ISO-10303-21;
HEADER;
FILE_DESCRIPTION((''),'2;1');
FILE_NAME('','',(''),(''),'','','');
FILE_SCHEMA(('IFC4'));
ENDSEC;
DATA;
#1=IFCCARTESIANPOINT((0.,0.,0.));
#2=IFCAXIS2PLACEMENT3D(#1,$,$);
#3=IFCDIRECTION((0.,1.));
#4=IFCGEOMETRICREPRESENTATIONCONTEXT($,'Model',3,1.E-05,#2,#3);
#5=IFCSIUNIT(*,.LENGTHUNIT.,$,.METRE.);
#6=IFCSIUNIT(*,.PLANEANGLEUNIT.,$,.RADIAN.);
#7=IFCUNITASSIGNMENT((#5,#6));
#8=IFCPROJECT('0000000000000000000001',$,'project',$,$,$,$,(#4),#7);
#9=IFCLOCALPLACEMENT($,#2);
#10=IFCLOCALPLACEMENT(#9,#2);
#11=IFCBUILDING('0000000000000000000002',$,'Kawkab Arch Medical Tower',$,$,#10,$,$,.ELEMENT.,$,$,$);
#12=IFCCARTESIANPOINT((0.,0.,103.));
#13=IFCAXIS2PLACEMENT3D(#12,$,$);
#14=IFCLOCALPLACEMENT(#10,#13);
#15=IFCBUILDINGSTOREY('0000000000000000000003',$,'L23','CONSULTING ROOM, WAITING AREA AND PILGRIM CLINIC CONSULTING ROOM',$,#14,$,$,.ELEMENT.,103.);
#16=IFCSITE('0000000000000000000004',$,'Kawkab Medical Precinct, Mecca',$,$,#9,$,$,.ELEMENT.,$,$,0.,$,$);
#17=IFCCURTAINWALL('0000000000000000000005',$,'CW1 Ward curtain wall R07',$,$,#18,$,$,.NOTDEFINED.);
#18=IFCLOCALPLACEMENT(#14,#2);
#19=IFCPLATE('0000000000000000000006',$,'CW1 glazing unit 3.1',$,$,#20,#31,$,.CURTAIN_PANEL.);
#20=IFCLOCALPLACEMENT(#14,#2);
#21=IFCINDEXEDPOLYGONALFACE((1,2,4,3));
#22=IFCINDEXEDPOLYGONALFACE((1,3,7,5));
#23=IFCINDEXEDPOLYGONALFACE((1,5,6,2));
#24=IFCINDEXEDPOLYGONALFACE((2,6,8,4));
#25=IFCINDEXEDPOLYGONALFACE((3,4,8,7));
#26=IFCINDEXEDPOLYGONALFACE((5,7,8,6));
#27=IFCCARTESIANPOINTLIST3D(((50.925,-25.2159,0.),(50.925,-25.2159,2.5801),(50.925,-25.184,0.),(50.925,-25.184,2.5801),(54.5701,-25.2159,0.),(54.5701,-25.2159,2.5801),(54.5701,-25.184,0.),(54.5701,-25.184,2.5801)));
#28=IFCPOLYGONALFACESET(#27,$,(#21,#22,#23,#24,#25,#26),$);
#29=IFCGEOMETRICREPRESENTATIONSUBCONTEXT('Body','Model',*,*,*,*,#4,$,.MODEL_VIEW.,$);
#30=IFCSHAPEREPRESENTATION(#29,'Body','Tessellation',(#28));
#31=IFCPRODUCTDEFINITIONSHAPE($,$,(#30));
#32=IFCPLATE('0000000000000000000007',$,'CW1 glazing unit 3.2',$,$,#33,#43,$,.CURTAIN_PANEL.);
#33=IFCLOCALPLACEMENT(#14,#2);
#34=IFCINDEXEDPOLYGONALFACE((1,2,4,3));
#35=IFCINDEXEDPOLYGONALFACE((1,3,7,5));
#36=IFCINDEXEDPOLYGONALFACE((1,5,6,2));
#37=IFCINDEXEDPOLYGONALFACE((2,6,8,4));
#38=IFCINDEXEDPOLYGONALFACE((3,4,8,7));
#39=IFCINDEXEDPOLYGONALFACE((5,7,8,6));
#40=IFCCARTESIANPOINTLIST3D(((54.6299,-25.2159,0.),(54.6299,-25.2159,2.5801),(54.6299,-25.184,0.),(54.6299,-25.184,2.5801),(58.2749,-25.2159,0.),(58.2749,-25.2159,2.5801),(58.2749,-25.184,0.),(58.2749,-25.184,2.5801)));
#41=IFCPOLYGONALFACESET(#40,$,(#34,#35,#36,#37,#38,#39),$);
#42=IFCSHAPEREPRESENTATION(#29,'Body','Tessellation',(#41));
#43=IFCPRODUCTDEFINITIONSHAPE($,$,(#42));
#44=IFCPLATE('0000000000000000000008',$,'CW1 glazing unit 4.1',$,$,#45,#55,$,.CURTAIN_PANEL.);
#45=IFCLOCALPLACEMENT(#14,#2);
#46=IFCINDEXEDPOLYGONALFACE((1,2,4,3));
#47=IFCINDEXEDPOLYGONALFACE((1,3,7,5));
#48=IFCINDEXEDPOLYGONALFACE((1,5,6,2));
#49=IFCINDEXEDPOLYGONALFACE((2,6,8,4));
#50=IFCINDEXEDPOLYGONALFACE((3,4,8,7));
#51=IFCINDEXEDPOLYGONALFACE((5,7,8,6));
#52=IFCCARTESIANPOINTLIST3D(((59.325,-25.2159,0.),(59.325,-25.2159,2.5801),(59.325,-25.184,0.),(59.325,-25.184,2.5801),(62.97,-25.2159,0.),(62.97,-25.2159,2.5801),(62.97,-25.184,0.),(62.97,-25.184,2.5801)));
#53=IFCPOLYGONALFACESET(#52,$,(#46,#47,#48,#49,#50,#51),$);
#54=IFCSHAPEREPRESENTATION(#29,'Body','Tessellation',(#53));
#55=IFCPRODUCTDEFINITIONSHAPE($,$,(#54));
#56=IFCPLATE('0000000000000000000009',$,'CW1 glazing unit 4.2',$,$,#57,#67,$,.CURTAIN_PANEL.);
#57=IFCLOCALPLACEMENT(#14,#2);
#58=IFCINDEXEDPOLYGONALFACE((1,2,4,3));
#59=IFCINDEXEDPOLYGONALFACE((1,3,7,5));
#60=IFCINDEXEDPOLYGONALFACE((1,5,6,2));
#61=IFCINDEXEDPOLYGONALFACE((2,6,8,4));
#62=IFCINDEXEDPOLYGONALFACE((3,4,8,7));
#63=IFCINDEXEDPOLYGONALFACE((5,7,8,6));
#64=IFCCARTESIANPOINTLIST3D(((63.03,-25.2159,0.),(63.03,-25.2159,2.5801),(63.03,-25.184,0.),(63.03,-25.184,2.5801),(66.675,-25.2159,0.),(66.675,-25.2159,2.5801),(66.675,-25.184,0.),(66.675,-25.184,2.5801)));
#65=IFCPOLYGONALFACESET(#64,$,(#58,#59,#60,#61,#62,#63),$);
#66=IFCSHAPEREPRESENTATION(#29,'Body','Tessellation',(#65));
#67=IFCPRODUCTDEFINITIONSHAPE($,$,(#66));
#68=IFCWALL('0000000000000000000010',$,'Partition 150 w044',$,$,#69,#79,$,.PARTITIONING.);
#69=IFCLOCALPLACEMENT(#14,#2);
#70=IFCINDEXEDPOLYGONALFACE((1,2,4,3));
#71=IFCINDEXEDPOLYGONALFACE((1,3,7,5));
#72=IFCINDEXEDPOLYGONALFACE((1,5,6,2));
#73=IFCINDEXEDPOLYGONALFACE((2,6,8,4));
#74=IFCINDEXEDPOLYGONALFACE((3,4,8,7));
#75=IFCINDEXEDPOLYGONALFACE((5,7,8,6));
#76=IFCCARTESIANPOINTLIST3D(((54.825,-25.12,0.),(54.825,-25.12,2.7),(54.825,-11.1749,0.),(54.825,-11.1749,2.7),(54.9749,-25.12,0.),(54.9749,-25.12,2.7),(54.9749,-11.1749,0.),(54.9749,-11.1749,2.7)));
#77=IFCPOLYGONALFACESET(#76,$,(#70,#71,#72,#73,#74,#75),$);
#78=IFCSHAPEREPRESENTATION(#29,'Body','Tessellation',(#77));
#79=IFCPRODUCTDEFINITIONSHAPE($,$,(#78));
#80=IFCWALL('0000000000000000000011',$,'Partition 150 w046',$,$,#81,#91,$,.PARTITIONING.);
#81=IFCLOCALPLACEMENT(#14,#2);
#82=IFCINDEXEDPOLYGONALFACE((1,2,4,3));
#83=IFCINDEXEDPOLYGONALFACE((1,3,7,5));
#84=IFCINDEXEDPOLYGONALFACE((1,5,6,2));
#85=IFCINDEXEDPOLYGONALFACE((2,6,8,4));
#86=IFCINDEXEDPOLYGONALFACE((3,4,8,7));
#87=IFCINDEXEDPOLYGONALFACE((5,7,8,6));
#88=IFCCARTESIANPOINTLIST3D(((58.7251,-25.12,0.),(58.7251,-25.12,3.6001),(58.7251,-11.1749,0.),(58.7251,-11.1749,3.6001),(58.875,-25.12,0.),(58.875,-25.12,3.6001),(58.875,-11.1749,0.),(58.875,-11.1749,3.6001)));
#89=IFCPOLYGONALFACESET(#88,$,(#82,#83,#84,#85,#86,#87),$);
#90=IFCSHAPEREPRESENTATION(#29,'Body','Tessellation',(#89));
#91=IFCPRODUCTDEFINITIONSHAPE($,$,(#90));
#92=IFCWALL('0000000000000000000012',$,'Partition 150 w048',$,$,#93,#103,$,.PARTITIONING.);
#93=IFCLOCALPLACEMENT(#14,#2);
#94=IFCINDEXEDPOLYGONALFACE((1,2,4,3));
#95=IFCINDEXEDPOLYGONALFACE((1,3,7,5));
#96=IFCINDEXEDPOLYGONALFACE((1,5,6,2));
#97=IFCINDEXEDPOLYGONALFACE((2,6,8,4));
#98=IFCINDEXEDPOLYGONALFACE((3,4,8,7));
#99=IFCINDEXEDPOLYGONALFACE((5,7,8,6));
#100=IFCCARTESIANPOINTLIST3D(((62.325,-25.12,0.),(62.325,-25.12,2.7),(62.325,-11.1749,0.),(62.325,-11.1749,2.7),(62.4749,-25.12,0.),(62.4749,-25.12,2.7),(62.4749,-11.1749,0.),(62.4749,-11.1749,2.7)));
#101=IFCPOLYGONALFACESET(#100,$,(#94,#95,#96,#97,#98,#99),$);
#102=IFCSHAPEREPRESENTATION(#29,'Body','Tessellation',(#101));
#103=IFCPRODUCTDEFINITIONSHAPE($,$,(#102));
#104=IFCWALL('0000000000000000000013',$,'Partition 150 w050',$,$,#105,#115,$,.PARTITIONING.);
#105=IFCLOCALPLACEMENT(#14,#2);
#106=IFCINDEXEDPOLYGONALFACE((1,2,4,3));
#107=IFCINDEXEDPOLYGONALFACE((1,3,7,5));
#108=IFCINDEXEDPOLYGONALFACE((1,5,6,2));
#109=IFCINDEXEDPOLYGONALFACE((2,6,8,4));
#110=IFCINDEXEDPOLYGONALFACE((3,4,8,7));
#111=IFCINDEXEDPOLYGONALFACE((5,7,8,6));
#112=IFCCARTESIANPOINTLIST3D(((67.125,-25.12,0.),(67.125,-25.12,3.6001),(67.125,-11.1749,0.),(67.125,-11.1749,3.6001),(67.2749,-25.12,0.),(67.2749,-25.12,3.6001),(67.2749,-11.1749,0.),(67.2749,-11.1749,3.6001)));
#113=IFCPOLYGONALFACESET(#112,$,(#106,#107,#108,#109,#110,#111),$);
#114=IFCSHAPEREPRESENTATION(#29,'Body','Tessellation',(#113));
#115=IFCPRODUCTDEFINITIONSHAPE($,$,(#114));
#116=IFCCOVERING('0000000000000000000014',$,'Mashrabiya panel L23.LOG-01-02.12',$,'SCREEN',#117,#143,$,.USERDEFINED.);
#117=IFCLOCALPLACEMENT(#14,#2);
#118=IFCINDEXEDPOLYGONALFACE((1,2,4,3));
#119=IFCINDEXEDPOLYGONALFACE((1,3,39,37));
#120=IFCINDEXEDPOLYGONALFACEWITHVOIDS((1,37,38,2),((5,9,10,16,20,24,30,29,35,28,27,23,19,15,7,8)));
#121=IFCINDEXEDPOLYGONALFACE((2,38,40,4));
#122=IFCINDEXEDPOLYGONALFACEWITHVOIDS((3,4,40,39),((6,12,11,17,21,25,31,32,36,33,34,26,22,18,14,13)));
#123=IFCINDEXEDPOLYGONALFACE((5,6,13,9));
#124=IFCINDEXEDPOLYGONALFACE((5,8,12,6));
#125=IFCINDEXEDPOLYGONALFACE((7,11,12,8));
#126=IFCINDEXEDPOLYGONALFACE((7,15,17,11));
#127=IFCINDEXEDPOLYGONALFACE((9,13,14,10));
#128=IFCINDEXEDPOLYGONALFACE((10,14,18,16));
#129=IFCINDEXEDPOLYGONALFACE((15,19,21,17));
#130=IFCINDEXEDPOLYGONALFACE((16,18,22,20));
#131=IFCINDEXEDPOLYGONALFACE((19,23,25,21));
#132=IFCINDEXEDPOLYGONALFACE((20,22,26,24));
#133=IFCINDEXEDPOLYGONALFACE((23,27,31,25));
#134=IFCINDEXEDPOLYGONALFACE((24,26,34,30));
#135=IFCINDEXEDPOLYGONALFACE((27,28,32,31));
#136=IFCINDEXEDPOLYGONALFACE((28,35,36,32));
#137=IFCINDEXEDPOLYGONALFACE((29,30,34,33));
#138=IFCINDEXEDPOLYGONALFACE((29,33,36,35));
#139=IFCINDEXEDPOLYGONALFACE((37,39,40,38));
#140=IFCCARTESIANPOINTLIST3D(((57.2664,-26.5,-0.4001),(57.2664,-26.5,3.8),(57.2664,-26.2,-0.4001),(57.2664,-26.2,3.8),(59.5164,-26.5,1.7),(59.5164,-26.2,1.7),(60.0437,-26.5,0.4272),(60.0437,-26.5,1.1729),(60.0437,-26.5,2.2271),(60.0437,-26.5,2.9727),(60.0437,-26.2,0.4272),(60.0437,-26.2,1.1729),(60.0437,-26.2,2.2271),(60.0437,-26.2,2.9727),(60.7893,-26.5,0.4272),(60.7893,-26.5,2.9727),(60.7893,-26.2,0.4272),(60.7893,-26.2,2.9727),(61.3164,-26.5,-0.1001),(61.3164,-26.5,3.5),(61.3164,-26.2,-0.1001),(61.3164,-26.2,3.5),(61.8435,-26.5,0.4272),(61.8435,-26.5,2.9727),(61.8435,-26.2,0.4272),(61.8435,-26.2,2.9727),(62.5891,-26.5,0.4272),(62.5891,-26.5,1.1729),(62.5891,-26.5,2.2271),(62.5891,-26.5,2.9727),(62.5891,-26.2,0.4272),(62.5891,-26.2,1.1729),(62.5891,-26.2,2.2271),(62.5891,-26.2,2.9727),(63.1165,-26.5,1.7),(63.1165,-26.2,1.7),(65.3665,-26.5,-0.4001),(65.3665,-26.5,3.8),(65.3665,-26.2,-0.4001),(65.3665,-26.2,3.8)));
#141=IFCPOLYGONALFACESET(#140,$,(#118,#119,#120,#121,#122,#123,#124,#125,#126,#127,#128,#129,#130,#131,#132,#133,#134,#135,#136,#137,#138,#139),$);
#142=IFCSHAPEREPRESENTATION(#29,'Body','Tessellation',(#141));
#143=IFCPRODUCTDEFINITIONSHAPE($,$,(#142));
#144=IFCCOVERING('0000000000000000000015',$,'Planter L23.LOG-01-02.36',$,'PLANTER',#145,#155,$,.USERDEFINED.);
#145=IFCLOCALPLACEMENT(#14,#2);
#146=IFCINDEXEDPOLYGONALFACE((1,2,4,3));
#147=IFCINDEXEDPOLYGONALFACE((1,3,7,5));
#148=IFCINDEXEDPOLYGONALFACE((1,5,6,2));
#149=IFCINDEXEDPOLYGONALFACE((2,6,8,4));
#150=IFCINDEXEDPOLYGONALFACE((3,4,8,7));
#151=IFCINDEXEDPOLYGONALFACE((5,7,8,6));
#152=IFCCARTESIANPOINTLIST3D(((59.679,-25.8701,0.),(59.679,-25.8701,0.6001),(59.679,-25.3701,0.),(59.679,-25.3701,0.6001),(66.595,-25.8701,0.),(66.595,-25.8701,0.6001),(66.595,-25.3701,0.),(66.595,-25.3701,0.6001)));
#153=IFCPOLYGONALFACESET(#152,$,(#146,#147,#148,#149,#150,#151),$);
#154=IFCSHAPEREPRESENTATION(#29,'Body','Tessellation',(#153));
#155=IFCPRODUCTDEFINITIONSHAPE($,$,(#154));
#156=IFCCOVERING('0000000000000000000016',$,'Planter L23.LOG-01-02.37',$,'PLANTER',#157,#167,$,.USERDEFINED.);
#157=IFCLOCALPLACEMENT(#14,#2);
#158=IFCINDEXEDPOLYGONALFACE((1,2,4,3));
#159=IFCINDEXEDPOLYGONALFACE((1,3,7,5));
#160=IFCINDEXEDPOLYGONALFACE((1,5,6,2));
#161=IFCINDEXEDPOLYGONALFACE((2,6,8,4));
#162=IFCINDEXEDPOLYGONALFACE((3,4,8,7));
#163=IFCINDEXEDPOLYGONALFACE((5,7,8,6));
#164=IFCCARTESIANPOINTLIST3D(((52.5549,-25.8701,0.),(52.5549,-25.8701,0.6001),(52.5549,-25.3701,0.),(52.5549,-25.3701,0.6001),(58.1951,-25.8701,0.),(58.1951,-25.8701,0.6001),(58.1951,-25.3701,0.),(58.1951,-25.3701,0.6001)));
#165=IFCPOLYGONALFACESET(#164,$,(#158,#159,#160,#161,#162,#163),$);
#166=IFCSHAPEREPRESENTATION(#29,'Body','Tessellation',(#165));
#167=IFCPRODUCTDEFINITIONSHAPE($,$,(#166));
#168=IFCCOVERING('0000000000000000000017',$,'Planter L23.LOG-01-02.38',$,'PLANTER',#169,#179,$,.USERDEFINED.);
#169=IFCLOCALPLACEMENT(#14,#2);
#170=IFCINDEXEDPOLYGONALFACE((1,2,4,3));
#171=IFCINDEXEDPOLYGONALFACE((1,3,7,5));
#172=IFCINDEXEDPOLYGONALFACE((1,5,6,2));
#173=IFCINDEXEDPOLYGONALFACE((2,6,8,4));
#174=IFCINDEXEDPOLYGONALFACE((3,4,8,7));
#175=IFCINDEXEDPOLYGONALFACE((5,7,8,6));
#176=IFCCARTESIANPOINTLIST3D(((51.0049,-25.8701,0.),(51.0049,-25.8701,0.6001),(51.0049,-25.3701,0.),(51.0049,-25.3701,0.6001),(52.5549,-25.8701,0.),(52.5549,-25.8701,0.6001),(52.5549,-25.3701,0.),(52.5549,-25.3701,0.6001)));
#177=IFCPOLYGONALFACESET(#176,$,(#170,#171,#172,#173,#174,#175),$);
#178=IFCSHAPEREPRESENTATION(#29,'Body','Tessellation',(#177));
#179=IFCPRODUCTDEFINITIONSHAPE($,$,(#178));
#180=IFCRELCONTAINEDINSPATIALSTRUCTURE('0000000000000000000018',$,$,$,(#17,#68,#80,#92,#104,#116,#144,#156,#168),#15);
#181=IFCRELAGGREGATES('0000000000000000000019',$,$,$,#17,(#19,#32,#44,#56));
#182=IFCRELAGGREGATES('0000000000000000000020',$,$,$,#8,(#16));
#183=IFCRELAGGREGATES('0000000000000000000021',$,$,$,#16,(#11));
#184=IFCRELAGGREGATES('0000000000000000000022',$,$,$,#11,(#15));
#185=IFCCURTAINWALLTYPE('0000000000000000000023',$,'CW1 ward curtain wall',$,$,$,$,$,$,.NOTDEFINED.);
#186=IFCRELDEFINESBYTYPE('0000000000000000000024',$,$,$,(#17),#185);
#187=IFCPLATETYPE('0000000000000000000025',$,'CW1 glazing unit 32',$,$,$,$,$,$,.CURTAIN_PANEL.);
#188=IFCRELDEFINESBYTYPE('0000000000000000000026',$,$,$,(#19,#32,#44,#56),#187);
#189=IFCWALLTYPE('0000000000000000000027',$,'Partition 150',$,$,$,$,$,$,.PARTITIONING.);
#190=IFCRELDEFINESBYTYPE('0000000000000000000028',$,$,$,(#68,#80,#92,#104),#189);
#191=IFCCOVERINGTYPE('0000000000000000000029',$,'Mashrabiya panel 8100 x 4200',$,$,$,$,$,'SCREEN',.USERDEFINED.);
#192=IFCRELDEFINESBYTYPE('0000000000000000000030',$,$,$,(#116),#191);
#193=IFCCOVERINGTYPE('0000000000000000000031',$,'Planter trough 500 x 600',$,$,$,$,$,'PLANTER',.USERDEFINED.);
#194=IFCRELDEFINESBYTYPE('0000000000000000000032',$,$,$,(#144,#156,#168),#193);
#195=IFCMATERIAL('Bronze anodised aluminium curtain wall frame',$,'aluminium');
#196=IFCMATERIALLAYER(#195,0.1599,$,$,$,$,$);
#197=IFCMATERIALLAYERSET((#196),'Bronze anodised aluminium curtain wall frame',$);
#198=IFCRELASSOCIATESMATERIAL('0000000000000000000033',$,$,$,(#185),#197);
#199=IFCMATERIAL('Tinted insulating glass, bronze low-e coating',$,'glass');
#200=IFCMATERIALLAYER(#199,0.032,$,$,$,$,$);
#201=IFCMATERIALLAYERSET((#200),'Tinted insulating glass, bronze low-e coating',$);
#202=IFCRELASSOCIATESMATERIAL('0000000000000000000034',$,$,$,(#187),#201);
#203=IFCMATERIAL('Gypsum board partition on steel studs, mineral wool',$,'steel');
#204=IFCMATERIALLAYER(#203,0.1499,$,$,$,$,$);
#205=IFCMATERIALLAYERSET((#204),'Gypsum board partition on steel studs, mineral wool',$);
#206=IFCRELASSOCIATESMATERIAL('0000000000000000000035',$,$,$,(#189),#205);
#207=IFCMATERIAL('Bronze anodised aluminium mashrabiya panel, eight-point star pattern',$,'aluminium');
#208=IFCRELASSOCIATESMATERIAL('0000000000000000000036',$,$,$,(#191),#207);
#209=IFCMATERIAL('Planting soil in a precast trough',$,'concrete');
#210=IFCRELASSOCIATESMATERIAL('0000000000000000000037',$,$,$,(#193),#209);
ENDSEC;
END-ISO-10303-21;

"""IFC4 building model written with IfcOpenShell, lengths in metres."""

from ifc_helpers import new_model, si_unit, direction, frame, frame_2d, origin, origin_2d, place, context, subcontext, project, spatial, polyline, rectangle, outline, extrude, material, layer, layer_set, material_profile, profile_set, type_object, element, aggregate, save


model = new_model("IFC4")

# Units and contexts
model_context = context("Model", 3, precision=1e-05, world=origin(), true_north=direction((0.0, 1.0)))
body_context = subcontext(model_context, "Body", "Model", "MODEL_VIEW")
ifc_project = project(units=[si_unit("LENGTHUNIT", "METRE"), si_unit("PLANEANGLEUNIT", "RADIAN")], contexts=[model_context])

# Site, building, storey
site_placement = place(None, origin())
site = spatial("IfcSite", under=ifc_project, at=site_placement, Name="Kawkab Medical Precinct, Mecca", CompositionType="ELEMENT", RefElevation=0.0)
building_placement = place(site_placement, origin())
building = spatial("IfcBuilding", under=site, at=building_placement, Name="Kawkab Arch Medical Tower", CompositionType="ELEMENT")
storey_placement = place(building_placement, frame((0.0, 0.0, 103.0)))
storey = spatial("IfcBuildingStorey", under=building, at=storey_placement, Name="L23", Description="CONSULTING ROOM, WAITING AREA AND PILGRIM CLINIC CONSULTING ROOM", CompositionType="ELEMENT", Elevation=103.0)

# Curtain wall
ifc_material_1 = material(Name="Bronze anodised aluminium curtain wall frame", Category="aluminium")
ifc_layer_1 = layer(ifc_material_1, 0.1599)
ifc_layer_set_1 = layer_set([ifc_layer_1], Name="Bronze anodised aluminium curtain wall frame")
curtain_wall_type = type_object("IfcCurtainWallType", Name="CW1 ward curtain wall", PredefinedType="NOTDEFINED", material=ifc_layer_set_1)
curtain_wall_placement = place(storey_placement, origin())
curtain_wall = element("IfcCurtainWall", 1, at=curtain_wall_placement, inside=storey, type_object=curtain_wall_type, Name="CW1 Ward curtain wall R07", PredefinedType="NOTDEFINED")

# Plates
ifc_material_2 = material(Name="Tinted insulating glass, bronze low-e coating", Category="glass")
ifc_layer_2 = layer(ifc_material_2, 0.032)
ifc_layer_set_2 = layer_set([ifc_layer_2], Name="Tinted insulating glass, bronze low-e coating")
plate_type = type_object("IfcPlateType", Name="CW1 glazing unit 32", PredefinedType="CURTAIN_PANEL", material=ifc_layer_set_2)
plate_1_placement = place(storey_placement, frame((52.7476, -25.2, 0.0), z_axis=(0.0, 0.0, 1.0), x_axis=(1.0, 0.0, 0.0)))
plate_1 = element("IfcPlate", 2, at=plate_1_placement, type_object=plate_type, Name="CW1 glazing unit 3.1", PredefinedType="CURTAIN_PANEL", context=body_context, shape_type="SweptSolid", body=[
    extrude(rectangle(XDim=3.645, YDim=0.032, at=origin_2d()), origin(), (0.0, 0.0, 1.0), 2.5801),
])
plate_2_placement = place(storey_placement, frame((56.4524, -25.2, 0.0), z_axis=(0.0, 0.0, 1.0), x_axis=(1.0, 0.0, 0.0)))
plate_2 = element("IfcPlate", 3, at=plate_2_placement, type_object=plate_type, Name="CW1 glazing unit 3.2", PredefinedType="CURTAIN_PANEL", context=body_context, shape_type="SweptSolid", body=[
    extrude(rectangle(XDim=3.645, YDim=0.032, at=origin_2d()), origin(), (0.0, 0.0, 1.0), 2.5801),
])
plate_3_placement = place(storey_placement, frame((61.1475, -25.2, 0.0), z_axis=(0.0, 0.0, 1.0), x_axis=(1.0, 0.0, 0.0)))
plate_3 = element("IfcPlate", 4, at=plate_3_placement, type_object=plate_type, Name="CW1 glazing unit 4.1", PredefinedType="CURTAIN_PANEL", context=body_context, shape_type="SweptSolid", body=[
    extrude(rectangle(XDim=3.645, YDim=0.032, at=origin_2d()), origin(), (0.0, 0.0, 1.0), 2.5801),
])
plate_4_placement = place(storey_placement, frame((64.8525, -25.2, 0.0), z_axis=(0.0, 0.0, 1.0), x_axis=(1.0, 0.0, 0.0)))
plate_4 = element("IfcPlate", 5, at=plate_4_placement, type_object=plate_type, Name="CW1 glazing unit 4.2", PredefinedType="CURTAIN_PANEL", context=body_context, shape_type="SweptSolid", body=[
    extrude(rectangle(XDim=3.645, YDim=0.032, at=origin_2d()), origin(), (0.0, 0.0, 1.0), 2.5801),
])
aggregate(curtain_wall, [plate_1, plate_2, plate_3, plate_4])

# Walls
ifc_material_3 = material(Name="Gypsum board partition on steel studs, mineral wool", Category="steel")
ifc_layer_3 = layer(ifc_material_3, 0.1499)
ifc_layer_set_3 = layer_set([ifc_layer_3], Name="Gypsum board partition on steel studs, mineral wool")
wall_type = type_object("IfcWallType", Name="Partition 150", PredefinedType="PARTITIONING", material=ifc_layer_set_3)
wall_1_placement = place(storey_placement, frame((54.8999, -25.1201, 0.0), z_axis=(0.0, 0.0, 1.0), x_axis=(0.0, 1.0, 0.0)))
element("IfcWall", 6, at=wall_1_placement, inside=storey, type_object=wall_type, Name="Partition 150 w044", PredefinedType="PARTITIONING", context=body_context, shape_type="SweptSolid", body=[
    extrude(rectangle(XDim=13.9451, YDim=0.1499, at=frame_2d((6.9727, 0.0))), origin(), (0.0, 0.0, 1.0), 2.7),
])
wall_2_placement = place(storey_placement, frame((58.8, -25.1201, 0.0), z_axis=(0.0, 0.0, 1.0), x_axis=(0.0, 1.0, 0.0)))
element("IfcWall", 7, at=wall_2_placement, inside=storey, type_object=wall_type, Name="Partition 150 w046", PredefinedType="PARTITIONING", context=body_context, shape_type="SweptSolid", body=[
    extrude(rectangle(XDim=13.9451, YDim=0.1499, at=frame_2d((6.9727, 0.0))), origin(), (0.0, 0.0, 1.0), 3.6001),
])
wall_3_placement = place(storey_placement, frame((62.3999, -25.1201, 0.0), z_axis=(0.0, 0.0, 1.0), x_axis=(0.0, 1.0, 0.0)))
element("IfcWall", 8, at=wall_3_placement, inside=storey, type_object=wall_type, Name="Partition 150 w048", PredefinedType="PARTITIONING", context=body_context, shape_type="SweptSolid", body=[
    extrude(rectangle(XDim=13.9451, YDim=0.1499, at=frame_2d((6.9727, 0.0))), origin(), (0.0, 0.0, 1.0), 2.7),
])
wall_4_placement = place(storey_placement, frame((67.2, -25.1201, 0.0), z_axis=(0.0, 0.0, 1.0), x_axis=(0.0, 1.0, 0.0)))
element("IfcWall", 9, at=wall_4_placement, inside=storey, type_object=wall_type, Name="Partition 150 w050", PredefinedType="PARTITIONING", context=body_context, shape_type="SweptSolid", body=[
    extrude(rectangle(XDim=13.9451, YDim=0.1499, at=frame_2d((6.9727, 0.0))), origin(), (0.0, 0.0, 1.0), 3.6001),
])

# Coverings
ifc_material_4 = material(Name="Bronze anodised aluminium mashrabiya panel, eight-point star pattern", Category="aluminium")
ifc_material_profile_1 = material_profile(ifc_material_4, outline(polyline([(-4.05, -2.1001), (4.05, -2.1001), (4.05, 2.1001), (-4.05, 2.1001), (-4.05, -2.1001)]), holes=[polyline([(1.8, 0.0), (1.2727, 0.5271), (1.2727, 1.2727), (0.5271, 1.2727), (0.0, 1.8), (-0.5271, 1.2727), (-1.2727, 1.2727), (-1.2727, 0.5271), (-1.8, 0.0), (-1.2727, -0.5271), (-1.2727, -1.2727), (-0.5271, -1.2727), (0.0, -1.8), (0.5271, -1.2727), (1.2727, -1.2727), (1.2727, -0.5271), (1.8, 0.0)])]), Name="Mashrabiya panel 8100x4200")
ifc_profile_set_1 = profile_set([ifc_material_profile_1], Name="Bronze anodised aluminium mashrabiya panel, eight-point star pattern")
covering_type_1 = type_object("IfcCoveringType", Name="Mashrabiya panel 8100 x 4200", ElementType="SCREEN", PredefinedType="USERDEFINED", material=ifc_profile_set_1)
covering_1_placement = place(storey_placement, frame((61.3164, -26.2, 1.7), z_axis=(0.0, -1.0, 0.0), x_axis=(1.0, 0.0, 0.0)))
element("IfcCovering", 10, at=covering_1_placement, inside=storey, type_object=covering_type_1, Name="Mashrabiya panel L23.LOG-01-02.12", ObjectType="SCREEN", PredefinedType="USERDEFINED", context=body_context, shape_type="SweptSolid", body=[
    extrude(outline(polyline([(-4.05, -2.1001), (4.05, -2.1001), (4.05, 2.1001), (-4.05, 2.1001), (-4.05, -2.1001)]), holes=[polyline([(1.8, 0.0), (1.2727, 0.5271), (1.2727, 1.2727), (0.5271, 1.2727), (0.0, 1.8), (-0.5271, 1.2727), (-1.2727, 1.2727), (-1.2727, 0.5271), (-1.8, 0.0), (-1.2727, -0.5271), (-1.2727, -1.2727), (-0.5271, -1.2727), (0.0, -1.8), (0.5271, -1.2727), (1.2727, -1.2727), (1.2727, -0.5271), (1.8, 0.0)])]), origin(), (0.0, 0.0, 1.0), 0.3),
])
ifc_material_5 = material(Name="Planting soil in a precast trough", Category="concrete")
ifc_material_profile_2 = material_profile(ifc_material_5, rectangle(XDim=0.5, YDim=0.6001, at=origin_2d()), Name="Trough 500x600")
ifc_profile_set_2 = profile_set([ifc_material_profile_2], Name="Planting soil in a precast trough")
covering_type_2 = type_object("IfcCoveringType", Name="Planter trough 500 x 600", ElementType="PLANTER", PredefinedType="USERDEFINED", material=ifc_profile_set_2)
covering_2_placement = place(storey_placement, frame((66.595, -25.6201, 0.3), z_axis=(-1.0, 0.0, 0.0), x_axis=(0.0, -1.0, 0.0)))
element("IfcCovering", 11, at=covering_2_placement, inside=storey, type_object=covering_type_2, Name="Planter L23.LOG-01-02.36", ObjectType="PLANTER", PredefinedType="USERDEFINED", context=body_context, shape_type="SweptSolid", body=[
    extrude(rectangle(XDim=0.5, YDim=0.6001, at=origin_2d()), origin(), (0.0, 0.0, 1.0), 6.916),
])
covering_3_placement = place(storey_placement, frame((58.1951, -25.6201, 0.3), z_axis=(-1.0, 0.0, 0.0), x_axis=(0.0, -1.0, 0.0)))
element("IfcCovering", 12, at=covering_3_placement, inside=storey, type_object=covering_type_2, Name="Planter L23.LOG-01-02.37", ObjectType="PLANTER", PredefinedType="USERDEFINED", context=body_context, shape_type="SweptSolid", body=[
    extrude(rectangle(XDim=0.5, YDim=0.6001, at=origin_2d()), origin(), (0.0, 0.0, 1.0), 5.6401),
])
covering_4_placement = place(storey_placement, frame((52.5549, -25.6201, 0.3), z_axis=(-1.0, 0.0, 0.0), x_axis=(0.0, -1.0, 0.0)))
element("IfcCovering", 13, at=covering_4_placement, inside=storey, type_object=covering_type_2, Name="Planter L23.LOG-01-02.38", ObjectType="PLANTER", PredefinedType="USERDEFINED", context=body_context, shape_type="SweptSolid", body=[
    extrude(rectangle(XDim=0.5, YDim=0.6001, at=origin_2d()), origin(), (0.0, 0.0, 1.0), 1.55),
])

save(model, "model.ifc")
